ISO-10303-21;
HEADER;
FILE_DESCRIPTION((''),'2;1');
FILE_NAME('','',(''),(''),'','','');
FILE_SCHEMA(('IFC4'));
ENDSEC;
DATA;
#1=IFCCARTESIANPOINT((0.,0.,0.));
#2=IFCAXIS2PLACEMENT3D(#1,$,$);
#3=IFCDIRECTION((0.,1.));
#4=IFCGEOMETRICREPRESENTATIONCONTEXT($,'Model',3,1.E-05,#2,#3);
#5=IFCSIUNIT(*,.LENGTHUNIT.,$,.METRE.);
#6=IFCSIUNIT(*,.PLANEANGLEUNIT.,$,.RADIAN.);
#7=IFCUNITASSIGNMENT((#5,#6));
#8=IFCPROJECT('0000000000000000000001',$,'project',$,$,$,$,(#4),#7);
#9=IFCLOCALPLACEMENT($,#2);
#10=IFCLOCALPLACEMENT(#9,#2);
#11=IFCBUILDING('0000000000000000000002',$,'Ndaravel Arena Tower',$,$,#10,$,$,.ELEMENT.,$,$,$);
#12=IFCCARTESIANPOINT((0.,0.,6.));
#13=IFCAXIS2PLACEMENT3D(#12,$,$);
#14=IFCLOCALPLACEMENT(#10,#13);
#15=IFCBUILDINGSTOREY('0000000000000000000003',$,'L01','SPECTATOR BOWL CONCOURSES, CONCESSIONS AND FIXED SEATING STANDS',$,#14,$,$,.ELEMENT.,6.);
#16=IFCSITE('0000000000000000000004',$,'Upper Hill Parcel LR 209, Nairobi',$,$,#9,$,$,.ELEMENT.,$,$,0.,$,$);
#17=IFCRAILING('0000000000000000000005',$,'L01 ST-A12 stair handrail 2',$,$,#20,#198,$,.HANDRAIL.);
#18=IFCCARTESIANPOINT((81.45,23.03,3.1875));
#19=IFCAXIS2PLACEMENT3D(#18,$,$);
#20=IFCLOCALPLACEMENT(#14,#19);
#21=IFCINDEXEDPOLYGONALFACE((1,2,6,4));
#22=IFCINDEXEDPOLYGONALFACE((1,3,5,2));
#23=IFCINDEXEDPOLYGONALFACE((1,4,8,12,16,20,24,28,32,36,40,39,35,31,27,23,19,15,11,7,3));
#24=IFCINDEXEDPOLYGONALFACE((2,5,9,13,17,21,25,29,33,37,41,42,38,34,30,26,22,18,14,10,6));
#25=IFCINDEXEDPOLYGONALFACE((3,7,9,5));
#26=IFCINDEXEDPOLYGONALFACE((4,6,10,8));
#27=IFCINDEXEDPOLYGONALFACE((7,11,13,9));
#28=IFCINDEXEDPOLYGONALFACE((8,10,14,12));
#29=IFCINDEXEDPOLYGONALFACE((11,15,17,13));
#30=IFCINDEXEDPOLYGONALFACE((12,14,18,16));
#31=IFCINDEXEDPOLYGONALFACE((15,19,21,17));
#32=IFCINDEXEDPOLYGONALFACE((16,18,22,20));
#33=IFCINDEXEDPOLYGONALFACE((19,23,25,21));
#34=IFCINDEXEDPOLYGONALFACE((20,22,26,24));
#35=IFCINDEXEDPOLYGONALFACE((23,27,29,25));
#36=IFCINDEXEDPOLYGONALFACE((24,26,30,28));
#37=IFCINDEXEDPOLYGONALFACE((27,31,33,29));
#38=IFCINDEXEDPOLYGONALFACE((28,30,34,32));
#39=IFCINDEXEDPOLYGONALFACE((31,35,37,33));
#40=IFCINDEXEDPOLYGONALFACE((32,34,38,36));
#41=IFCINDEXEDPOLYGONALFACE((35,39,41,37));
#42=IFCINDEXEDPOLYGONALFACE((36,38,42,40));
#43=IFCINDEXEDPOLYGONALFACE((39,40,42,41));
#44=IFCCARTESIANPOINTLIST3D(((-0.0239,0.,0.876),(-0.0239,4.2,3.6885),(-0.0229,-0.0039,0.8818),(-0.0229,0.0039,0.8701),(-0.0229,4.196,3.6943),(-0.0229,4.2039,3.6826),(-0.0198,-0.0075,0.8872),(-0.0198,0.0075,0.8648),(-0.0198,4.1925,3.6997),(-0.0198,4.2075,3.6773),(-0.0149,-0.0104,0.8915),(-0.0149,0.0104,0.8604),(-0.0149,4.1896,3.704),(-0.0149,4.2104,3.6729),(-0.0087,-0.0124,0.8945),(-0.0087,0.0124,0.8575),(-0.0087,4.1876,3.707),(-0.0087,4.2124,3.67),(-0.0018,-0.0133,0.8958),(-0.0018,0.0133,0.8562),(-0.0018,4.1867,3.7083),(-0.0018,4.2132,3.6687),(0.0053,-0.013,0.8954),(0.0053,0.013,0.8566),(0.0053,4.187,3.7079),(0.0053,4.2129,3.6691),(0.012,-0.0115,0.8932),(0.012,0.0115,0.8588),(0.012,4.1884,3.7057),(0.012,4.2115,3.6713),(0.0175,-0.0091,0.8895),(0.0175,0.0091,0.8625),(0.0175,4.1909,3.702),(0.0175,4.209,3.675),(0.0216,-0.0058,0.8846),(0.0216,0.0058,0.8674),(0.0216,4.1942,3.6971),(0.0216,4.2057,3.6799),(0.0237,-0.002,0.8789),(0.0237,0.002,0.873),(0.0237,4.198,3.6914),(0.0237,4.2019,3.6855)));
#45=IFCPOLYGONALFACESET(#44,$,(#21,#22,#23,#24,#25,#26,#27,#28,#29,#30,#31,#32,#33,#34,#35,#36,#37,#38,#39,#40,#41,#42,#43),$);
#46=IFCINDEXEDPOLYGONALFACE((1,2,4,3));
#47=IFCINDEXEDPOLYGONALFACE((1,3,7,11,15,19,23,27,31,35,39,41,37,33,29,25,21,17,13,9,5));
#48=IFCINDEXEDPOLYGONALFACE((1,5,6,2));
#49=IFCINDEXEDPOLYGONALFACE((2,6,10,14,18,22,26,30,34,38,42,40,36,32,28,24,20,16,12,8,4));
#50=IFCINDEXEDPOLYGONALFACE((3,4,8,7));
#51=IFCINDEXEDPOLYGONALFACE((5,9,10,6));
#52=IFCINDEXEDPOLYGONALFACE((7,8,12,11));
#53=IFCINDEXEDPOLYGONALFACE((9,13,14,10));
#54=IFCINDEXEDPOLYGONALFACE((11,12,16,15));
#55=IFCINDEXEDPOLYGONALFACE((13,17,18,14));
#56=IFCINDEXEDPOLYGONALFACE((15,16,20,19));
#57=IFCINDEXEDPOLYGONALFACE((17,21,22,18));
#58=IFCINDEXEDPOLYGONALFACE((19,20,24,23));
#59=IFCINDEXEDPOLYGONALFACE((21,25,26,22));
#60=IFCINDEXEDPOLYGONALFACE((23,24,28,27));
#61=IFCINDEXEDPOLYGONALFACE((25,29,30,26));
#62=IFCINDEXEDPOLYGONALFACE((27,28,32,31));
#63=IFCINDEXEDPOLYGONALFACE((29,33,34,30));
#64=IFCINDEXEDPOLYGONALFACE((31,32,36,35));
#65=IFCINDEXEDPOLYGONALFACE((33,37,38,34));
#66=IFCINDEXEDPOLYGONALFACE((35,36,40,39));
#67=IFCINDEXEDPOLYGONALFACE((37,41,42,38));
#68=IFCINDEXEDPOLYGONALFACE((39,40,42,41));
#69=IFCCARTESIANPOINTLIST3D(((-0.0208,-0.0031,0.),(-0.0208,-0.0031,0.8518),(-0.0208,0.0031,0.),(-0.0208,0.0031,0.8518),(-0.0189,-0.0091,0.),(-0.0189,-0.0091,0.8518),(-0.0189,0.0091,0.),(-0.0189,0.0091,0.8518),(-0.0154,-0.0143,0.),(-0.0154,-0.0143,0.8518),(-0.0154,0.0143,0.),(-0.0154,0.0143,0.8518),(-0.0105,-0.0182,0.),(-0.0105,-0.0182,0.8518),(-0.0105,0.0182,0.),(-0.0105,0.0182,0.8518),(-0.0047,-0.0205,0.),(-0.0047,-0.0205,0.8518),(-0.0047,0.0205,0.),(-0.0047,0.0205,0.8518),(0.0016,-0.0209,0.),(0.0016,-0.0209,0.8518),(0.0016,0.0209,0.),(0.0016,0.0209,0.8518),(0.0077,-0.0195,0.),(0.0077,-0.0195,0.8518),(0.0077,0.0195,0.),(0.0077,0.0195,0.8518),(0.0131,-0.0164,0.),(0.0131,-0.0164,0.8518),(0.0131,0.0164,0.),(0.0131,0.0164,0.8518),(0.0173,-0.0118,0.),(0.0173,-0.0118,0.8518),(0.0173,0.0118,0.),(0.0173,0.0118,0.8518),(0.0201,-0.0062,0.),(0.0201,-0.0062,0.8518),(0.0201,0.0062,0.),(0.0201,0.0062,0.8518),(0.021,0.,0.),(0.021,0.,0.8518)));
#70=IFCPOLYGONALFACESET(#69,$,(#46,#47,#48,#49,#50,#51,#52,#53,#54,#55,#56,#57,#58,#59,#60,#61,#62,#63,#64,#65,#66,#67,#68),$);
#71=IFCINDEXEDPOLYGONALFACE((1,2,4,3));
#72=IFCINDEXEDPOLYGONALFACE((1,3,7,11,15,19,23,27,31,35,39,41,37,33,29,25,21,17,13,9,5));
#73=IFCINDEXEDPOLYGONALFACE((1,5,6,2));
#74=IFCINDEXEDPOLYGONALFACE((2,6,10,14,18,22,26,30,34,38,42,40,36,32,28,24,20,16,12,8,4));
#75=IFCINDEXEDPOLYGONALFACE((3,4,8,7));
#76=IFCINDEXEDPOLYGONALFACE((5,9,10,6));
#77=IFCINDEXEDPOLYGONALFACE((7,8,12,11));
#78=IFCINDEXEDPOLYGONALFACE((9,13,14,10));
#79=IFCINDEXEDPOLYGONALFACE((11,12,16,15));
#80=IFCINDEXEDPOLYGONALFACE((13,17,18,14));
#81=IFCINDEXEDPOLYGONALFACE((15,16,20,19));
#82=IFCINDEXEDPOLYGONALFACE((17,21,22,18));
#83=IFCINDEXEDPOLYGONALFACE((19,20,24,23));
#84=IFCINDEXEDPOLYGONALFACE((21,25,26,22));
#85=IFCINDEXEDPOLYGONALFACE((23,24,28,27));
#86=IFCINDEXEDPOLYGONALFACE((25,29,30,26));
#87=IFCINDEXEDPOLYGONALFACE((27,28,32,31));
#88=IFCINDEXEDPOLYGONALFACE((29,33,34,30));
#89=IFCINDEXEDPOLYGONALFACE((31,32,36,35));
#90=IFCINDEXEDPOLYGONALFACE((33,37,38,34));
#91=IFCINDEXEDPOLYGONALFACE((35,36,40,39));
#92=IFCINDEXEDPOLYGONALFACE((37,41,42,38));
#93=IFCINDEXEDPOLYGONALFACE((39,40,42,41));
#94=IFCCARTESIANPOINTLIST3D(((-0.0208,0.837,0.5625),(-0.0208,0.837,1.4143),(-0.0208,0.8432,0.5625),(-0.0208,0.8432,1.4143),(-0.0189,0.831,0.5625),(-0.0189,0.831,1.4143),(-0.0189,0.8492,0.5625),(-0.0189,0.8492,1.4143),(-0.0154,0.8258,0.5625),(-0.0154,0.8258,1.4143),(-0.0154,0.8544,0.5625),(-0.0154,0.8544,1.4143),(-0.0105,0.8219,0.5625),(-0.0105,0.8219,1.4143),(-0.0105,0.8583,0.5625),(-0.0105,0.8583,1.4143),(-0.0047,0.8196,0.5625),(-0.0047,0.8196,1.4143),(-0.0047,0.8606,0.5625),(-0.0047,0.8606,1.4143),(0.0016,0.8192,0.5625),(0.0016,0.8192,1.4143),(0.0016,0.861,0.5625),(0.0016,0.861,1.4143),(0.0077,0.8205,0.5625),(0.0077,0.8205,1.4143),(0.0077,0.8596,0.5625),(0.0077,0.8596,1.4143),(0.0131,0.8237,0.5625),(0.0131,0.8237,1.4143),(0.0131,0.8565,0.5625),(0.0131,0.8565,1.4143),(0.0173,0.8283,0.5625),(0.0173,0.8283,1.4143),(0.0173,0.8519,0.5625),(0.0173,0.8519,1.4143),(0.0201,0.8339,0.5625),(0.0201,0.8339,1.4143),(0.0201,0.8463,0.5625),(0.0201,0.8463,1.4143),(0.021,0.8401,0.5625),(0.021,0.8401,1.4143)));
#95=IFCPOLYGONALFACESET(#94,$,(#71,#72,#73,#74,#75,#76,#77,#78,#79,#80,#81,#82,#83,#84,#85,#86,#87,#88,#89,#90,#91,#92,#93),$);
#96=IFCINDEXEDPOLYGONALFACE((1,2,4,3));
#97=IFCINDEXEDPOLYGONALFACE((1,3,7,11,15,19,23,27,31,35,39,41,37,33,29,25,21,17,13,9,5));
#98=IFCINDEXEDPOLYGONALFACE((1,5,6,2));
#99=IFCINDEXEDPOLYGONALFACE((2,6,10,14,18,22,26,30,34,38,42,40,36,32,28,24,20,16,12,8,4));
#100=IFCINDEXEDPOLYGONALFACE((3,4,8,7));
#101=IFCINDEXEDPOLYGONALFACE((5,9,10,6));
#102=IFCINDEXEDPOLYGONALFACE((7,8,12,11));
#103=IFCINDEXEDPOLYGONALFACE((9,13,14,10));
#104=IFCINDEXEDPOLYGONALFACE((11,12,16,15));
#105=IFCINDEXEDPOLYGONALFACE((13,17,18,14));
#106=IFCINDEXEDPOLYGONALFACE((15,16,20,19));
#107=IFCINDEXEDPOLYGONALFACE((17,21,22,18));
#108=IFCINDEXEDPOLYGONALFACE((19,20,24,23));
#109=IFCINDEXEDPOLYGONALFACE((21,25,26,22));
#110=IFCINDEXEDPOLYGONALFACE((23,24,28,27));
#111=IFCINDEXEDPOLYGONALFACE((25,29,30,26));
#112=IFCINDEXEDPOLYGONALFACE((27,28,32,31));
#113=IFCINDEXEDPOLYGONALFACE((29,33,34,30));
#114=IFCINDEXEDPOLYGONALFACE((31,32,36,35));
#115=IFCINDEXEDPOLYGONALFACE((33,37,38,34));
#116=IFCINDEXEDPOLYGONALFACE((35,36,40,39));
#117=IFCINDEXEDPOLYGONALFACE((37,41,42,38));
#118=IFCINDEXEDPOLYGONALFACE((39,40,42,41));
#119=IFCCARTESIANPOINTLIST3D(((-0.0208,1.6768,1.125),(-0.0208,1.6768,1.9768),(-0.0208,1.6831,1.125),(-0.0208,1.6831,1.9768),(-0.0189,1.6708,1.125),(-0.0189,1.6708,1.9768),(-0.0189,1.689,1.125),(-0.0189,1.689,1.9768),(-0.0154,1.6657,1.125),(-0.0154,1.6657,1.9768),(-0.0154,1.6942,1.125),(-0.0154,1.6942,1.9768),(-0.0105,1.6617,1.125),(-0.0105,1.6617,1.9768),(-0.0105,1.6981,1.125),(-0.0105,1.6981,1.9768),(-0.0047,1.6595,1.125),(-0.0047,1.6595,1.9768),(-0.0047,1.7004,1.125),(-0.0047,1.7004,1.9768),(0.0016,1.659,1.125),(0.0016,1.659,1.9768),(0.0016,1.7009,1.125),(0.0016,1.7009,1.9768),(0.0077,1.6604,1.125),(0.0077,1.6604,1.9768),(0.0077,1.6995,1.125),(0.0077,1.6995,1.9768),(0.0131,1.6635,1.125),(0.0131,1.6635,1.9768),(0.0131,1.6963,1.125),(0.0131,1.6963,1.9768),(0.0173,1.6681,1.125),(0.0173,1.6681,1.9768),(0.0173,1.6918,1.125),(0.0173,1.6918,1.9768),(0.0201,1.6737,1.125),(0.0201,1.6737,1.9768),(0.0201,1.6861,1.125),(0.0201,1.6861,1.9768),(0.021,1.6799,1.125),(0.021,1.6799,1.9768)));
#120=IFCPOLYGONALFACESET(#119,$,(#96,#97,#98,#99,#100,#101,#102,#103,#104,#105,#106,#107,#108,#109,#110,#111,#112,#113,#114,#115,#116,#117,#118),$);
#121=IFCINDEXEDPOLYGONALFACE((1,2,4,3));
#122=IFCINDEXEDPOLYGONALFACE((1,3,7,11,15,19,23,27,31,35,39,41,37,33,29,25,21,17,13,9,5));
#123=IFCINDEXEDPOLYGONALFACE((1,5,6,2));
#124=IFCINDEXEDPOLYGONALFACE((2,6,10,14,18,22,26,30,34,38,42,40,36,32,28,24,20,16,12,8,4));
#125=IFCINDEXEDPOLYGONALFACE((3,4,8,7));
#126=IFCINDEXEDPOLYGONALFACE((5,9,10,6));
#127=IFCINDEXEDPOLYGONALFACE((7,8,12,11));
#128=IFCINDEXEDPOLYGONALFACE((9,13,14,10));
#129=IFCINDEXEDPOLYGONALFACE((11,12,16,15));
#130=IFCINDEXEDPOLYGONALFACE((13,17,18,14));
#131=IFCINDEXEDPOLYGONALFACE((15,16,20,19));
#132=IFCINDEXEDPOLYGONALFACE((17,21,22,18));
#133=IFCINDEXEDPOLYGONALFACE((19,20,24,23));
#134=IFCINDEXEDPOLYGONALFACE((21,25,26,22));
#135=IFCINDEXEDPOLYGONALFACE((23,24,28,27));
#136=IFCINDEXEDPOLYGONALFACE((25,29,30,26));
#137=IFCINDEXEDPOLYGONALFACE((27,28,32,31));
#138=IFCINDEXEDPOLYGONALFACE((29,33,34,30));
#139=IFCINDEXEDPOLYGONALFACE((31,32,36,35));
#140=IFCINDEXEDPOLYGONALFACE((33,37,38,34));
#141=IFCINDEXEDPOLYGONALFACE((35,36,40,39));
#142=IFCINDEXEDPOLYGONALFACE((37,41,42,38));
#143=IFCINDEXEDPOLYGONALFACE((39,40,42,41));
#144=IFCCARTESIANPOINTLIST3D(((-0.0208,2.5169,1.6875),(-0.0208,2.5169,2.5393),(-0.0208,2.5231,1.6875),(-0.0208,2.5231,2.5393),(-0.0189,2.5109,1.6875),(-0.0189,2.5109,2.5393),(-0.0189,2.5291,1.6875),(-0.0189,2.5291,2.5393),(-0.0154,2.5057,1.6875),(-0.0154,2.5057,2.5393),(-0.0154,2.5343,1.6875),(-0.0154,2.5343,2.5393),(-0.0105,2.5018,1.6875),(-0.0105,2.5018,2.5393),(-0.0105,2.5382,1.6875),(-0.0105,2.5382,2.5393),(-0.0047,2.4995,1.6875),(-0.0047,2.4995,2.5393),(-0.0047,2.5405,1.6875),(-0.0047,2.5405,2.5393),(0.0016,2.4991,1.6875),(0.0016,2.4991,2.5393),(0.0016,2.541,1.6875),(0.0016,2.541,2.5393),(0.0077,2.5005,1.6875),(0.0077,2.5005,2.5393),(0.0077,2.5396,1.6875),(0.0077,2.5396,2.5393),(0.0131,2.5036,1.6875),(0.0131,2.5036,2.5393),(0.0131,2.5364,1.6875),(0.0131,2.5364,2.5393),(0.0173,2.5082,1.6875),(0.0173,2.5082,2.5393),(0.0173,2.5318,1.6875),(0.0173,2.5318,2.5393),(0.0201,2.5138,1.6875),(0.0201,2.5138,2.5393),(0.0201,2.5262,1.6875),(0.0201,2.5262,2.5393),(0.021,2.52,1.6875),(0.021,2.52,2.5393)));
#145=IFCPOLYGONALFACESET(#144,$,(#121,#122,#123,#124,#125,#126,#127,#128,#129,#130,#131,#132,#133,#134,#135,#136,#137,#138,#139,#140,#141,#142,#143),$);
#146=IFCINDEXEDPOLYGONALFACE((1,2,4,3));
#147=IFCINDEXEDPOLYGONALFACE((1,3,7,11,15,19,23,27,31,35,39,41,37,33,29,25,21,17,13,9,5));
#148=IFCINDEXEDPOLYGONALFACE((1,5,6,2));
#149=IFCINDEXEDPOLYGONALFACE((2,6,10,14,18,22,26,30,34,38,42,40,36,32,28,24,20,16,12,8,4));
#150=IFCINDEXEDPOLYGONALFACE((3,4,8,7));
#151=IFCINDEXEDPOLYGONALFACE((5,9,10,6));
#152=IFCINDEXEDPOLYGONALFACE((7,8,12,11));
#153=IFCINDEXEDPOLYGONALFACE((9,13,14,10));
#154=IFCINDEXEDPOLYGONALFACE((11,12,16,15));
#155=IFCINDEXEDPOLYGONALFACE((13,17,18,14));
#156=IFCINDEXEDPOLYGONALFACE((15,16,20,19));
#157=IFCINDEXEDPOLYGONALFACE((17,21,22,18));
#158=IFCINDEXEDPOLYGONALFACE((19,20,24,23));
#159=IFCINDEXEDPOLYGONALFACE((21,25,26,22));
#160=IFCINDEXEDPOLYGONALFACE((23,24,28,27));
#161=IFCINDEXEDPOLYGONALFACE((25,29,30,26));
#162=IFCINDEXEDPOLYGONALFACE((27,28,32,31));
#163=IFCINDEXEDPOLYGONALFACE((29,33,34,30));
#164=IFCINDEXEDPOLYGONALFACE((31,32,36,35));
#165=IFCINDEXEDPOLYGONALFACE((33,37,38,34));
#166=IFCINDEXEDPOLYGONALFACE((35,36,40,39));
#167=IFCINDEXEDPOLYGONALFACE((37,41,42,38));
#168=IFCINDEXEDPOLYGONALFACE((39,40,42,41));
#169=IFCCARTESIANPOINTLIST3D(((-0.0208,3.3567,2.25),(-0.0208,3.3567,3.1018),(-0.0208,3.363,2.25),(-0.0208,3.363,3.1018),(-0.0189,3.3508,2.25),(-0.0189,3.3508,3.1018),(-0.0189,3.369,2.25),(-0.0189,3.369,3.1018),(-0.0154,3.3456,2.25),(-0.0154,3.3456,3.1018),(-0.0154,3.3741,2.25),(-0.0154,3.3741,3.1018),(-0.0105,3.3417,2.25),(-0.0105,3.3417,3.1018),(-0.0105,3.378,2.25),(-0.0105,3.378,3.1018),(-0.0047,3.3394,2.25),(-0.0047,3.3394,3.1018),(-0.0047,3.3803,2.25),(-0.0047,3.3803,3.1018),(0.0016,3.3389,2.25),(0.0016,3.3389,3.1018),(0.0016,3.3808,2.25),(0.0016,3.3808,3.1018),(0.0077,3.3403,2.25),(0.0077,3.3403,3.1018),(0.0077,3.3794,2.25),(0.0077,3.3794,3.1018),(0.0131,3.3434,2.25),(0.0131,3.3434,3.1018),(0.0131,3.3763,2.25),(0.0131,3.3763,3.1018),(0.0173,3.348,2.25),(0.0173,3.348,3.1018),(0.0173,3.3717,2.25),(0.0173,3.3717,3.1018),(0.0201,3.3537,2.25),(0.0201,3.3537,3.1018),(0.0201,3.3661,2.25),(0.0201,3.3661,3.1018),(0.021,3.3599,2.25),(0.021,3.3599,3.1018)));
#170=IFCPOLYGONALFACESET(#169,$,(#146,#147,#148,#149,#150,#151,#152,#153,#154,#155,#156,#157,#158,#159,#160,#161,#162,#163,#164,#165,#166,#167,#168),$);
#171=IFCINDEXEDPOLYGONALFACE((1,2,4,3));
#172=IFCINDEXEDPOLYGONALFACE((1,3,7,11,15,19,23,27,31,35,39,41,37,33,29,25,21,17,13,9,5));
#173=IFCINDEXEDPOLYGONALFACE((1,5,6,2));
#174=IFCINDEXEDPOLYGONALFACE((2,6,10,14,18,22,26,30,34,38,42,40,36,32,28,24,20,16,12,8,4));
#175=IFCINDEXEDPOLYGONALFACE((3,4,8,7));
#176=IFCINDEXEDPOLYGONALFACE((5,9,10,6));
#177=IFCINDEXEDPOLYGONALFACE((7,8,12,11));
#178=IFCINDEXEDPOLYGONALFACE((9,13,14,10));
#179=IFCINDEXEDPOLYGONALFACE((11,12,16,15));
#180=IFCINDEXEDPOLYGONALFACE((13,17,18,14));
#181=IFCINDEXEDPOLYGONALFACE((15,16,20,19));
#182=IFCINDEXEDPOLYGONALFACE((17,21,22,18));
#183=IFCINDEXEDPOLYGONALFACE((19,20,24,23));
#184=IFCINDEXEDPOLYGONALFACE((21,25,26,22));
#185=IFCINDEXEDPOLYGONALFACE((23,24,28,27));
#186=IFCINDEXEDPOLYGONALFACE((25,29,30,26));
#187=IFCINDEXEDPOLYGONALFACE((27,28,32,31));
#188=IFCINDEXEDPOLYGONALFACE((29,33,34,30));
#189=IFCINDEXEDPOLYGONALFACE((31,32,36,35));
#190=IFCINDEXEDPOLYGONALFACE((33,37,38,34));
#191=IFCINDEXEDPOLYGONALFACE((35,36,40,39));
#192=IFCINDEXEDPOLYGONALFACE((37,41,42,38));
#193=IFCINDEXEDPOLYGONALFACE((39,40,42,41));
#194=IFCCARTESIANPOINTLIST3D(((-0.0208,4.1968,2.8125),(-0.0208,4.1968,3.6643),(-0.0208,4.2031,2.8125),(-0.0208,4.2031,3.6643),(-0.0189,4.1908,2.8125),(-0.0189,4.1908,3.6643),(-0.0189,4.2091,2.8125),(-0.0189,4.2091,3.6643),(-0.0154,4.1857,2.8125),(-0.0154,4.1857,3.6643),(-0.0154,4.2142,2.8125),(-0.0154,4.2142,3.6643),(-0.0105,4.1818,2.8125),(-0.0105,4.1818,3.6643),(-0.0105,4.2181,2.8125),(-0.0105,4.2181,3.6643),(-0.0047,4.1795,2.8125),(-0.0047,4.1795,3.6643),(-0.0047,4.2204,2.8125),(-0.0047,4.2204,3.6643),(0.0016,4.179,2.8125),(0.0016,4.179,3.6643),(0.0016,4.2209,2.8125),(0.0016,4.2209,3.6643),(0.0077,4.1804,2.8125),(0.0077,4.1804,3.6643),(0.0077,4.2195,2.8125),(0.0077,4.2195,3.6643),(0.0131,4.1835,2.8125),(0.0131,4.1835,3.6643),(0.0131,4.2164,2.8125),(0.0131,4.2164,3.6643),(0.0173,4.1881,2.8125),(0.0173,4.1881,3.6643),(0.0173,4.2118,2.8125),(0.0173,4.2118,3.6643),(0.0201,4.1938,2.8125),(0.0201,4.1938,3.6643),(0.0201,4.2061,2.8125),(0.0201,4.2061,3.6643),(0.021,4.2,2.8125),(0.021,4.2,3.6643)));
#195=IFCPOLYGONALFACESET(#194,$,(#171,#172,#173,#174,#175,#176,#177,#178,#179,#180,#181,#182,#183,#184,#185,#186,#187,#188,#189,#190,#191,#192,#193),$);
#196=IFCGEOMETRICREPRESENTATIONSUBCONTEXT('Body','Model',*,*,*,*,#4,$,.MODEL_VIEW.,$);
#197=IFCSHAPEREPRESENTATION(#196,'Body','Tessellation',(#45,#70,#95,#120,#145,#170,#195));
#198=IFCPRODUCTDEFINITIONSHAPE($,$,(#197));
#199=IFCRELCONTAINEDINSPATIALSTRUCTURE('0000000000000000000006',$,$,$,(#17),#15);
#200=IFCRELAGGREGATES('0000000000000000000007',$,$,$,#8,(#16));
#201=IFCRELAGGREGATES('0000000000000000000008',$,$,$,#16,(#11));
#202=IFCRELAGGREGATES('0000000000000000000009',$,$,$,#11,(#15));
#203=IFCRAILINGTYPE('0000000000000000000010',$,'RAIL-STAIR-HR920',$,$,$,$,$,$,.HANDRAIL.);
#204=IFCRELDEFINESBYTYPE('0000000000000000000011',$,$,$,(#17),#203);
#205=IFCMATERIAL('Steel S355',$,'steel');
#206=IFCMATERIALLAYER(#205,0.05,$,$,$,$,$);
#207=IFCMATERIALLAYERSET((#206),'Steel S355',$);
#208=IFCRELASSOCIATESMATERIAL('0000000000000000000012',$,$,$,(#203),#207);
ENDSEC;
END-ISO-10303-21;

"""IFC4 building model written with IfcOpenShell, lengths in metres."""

from ifc_helpers import new_model, si_unit, direction, frame, origin, origin_2d, place, context, subcontext, project, spatial, circle, extrude, material, layer, layer_set, type_object, element, save


model = new_model("IFC4")

# Units and contexts
model_context = context("Model", 3, precision=1e-05, world=origin(), true_north=direction((0.0, 1.0)))
body_context = subcontext(model_context, "Body", "Model", "MODEL_VIEW")
ifc_project = project(units=[si_unit("LENGTHUNIT", "METRE"), si_unit("PLANEANGLEUNIT", "RADIAN")], contexts=[model_context])

# Site, building, storey
site_placement = place(None, origin())
site = spatial("IfcSite", under=ifc_project, at=site_placement, Name="Upper Hill Parcel LR 209, Nairobi", CompositionType="ELEMENT", RefElevation=0.0)
building_placement = place(site_placement, origin())
building = spatial("IfcBuilding", under=site, at=building_placement, Name="Ndaravel Arena Tower", CompositionType="ELEMENT")
storey_placement = place(building_placement, frame((0.0, 0.0, 6.0)))
storey = spatial("IfcBuildingStorey", under=building, at=storey_placement, Name="L01", Description="SPECTATOR BOWL CONCOURSES, CONCESSIONS AND FIXED SEATING STANDS", CompositionType="ELEMENT", Elevation=6.0)

# Railing
ifc_material_1 = material(Name="Steel S355", Category="steel")
ifc_layer_1 = layer(ifc_material_1, 0.05)
ifc_layer_set_1 = layer_set([ifc_layer_1], Name="Steel S355")
railing_type_1 = type_object("IfcRailingType", Name="RAIL-STAIR-HR920", PredefinedType="HANDRAIL", material=ifc_layer_set_1)
railing_1_placement = place(storey_placement, frame((81.45, 23.03, 3.1875)))
element("IfcRailing", 1, at=railing_1_placement, inside=storey, type_object=railing_type_1, Name="L01 ST-A12 stair handrail 2", PredefinedType="HANDRAIL", context=body_context, shape_type="SweptSolid", body=[
    extrude(circle(Radius=0.0239, at=origin_2d()), frame((0.0, 0.0, 0.876), z_axis=(0.0, 0.830904, 0.556416), x_axis=(-1.0, 0.0, 0.0)), (0.0, 0.0, 1.0), 5.0547),
    extrude(circle(Radius=0.021, at=origin_2d()), origin(), (0.0, 0.0, 1.0), 0.8518),
    extrude(circle(Radius=0.021, at=origin_2d()), frame((0.0, 0.8401, 0.5625)), (0.0, 0.0, 1.0), 0.8518),
    extrude(circle(Radius=0.021, at=origin_2d()), frame((0.0, 1.6799, 1.125)), (0.0, 0.0, 1.0), 0.8518),
    extrude(circle(Radius=0.021, at=origin_2d()), frame((0.0, 2.52, 1.6875)), (0.0, 0.0, 1.0), 0.8518),
    extrude(circle(Radius=0.021, at=origin_2d()), frame((0.0, 3.3599, 2.25)), (0.0, 0.0, 1.0), 0.8518),
    extrude(circle(Radius=0.021, at=origin_2d()), frame((0.0, 4.2, 2.8125)), (0.0, 0.0, 1.0), 0.8518),
])

save(model, "model.ifc")
